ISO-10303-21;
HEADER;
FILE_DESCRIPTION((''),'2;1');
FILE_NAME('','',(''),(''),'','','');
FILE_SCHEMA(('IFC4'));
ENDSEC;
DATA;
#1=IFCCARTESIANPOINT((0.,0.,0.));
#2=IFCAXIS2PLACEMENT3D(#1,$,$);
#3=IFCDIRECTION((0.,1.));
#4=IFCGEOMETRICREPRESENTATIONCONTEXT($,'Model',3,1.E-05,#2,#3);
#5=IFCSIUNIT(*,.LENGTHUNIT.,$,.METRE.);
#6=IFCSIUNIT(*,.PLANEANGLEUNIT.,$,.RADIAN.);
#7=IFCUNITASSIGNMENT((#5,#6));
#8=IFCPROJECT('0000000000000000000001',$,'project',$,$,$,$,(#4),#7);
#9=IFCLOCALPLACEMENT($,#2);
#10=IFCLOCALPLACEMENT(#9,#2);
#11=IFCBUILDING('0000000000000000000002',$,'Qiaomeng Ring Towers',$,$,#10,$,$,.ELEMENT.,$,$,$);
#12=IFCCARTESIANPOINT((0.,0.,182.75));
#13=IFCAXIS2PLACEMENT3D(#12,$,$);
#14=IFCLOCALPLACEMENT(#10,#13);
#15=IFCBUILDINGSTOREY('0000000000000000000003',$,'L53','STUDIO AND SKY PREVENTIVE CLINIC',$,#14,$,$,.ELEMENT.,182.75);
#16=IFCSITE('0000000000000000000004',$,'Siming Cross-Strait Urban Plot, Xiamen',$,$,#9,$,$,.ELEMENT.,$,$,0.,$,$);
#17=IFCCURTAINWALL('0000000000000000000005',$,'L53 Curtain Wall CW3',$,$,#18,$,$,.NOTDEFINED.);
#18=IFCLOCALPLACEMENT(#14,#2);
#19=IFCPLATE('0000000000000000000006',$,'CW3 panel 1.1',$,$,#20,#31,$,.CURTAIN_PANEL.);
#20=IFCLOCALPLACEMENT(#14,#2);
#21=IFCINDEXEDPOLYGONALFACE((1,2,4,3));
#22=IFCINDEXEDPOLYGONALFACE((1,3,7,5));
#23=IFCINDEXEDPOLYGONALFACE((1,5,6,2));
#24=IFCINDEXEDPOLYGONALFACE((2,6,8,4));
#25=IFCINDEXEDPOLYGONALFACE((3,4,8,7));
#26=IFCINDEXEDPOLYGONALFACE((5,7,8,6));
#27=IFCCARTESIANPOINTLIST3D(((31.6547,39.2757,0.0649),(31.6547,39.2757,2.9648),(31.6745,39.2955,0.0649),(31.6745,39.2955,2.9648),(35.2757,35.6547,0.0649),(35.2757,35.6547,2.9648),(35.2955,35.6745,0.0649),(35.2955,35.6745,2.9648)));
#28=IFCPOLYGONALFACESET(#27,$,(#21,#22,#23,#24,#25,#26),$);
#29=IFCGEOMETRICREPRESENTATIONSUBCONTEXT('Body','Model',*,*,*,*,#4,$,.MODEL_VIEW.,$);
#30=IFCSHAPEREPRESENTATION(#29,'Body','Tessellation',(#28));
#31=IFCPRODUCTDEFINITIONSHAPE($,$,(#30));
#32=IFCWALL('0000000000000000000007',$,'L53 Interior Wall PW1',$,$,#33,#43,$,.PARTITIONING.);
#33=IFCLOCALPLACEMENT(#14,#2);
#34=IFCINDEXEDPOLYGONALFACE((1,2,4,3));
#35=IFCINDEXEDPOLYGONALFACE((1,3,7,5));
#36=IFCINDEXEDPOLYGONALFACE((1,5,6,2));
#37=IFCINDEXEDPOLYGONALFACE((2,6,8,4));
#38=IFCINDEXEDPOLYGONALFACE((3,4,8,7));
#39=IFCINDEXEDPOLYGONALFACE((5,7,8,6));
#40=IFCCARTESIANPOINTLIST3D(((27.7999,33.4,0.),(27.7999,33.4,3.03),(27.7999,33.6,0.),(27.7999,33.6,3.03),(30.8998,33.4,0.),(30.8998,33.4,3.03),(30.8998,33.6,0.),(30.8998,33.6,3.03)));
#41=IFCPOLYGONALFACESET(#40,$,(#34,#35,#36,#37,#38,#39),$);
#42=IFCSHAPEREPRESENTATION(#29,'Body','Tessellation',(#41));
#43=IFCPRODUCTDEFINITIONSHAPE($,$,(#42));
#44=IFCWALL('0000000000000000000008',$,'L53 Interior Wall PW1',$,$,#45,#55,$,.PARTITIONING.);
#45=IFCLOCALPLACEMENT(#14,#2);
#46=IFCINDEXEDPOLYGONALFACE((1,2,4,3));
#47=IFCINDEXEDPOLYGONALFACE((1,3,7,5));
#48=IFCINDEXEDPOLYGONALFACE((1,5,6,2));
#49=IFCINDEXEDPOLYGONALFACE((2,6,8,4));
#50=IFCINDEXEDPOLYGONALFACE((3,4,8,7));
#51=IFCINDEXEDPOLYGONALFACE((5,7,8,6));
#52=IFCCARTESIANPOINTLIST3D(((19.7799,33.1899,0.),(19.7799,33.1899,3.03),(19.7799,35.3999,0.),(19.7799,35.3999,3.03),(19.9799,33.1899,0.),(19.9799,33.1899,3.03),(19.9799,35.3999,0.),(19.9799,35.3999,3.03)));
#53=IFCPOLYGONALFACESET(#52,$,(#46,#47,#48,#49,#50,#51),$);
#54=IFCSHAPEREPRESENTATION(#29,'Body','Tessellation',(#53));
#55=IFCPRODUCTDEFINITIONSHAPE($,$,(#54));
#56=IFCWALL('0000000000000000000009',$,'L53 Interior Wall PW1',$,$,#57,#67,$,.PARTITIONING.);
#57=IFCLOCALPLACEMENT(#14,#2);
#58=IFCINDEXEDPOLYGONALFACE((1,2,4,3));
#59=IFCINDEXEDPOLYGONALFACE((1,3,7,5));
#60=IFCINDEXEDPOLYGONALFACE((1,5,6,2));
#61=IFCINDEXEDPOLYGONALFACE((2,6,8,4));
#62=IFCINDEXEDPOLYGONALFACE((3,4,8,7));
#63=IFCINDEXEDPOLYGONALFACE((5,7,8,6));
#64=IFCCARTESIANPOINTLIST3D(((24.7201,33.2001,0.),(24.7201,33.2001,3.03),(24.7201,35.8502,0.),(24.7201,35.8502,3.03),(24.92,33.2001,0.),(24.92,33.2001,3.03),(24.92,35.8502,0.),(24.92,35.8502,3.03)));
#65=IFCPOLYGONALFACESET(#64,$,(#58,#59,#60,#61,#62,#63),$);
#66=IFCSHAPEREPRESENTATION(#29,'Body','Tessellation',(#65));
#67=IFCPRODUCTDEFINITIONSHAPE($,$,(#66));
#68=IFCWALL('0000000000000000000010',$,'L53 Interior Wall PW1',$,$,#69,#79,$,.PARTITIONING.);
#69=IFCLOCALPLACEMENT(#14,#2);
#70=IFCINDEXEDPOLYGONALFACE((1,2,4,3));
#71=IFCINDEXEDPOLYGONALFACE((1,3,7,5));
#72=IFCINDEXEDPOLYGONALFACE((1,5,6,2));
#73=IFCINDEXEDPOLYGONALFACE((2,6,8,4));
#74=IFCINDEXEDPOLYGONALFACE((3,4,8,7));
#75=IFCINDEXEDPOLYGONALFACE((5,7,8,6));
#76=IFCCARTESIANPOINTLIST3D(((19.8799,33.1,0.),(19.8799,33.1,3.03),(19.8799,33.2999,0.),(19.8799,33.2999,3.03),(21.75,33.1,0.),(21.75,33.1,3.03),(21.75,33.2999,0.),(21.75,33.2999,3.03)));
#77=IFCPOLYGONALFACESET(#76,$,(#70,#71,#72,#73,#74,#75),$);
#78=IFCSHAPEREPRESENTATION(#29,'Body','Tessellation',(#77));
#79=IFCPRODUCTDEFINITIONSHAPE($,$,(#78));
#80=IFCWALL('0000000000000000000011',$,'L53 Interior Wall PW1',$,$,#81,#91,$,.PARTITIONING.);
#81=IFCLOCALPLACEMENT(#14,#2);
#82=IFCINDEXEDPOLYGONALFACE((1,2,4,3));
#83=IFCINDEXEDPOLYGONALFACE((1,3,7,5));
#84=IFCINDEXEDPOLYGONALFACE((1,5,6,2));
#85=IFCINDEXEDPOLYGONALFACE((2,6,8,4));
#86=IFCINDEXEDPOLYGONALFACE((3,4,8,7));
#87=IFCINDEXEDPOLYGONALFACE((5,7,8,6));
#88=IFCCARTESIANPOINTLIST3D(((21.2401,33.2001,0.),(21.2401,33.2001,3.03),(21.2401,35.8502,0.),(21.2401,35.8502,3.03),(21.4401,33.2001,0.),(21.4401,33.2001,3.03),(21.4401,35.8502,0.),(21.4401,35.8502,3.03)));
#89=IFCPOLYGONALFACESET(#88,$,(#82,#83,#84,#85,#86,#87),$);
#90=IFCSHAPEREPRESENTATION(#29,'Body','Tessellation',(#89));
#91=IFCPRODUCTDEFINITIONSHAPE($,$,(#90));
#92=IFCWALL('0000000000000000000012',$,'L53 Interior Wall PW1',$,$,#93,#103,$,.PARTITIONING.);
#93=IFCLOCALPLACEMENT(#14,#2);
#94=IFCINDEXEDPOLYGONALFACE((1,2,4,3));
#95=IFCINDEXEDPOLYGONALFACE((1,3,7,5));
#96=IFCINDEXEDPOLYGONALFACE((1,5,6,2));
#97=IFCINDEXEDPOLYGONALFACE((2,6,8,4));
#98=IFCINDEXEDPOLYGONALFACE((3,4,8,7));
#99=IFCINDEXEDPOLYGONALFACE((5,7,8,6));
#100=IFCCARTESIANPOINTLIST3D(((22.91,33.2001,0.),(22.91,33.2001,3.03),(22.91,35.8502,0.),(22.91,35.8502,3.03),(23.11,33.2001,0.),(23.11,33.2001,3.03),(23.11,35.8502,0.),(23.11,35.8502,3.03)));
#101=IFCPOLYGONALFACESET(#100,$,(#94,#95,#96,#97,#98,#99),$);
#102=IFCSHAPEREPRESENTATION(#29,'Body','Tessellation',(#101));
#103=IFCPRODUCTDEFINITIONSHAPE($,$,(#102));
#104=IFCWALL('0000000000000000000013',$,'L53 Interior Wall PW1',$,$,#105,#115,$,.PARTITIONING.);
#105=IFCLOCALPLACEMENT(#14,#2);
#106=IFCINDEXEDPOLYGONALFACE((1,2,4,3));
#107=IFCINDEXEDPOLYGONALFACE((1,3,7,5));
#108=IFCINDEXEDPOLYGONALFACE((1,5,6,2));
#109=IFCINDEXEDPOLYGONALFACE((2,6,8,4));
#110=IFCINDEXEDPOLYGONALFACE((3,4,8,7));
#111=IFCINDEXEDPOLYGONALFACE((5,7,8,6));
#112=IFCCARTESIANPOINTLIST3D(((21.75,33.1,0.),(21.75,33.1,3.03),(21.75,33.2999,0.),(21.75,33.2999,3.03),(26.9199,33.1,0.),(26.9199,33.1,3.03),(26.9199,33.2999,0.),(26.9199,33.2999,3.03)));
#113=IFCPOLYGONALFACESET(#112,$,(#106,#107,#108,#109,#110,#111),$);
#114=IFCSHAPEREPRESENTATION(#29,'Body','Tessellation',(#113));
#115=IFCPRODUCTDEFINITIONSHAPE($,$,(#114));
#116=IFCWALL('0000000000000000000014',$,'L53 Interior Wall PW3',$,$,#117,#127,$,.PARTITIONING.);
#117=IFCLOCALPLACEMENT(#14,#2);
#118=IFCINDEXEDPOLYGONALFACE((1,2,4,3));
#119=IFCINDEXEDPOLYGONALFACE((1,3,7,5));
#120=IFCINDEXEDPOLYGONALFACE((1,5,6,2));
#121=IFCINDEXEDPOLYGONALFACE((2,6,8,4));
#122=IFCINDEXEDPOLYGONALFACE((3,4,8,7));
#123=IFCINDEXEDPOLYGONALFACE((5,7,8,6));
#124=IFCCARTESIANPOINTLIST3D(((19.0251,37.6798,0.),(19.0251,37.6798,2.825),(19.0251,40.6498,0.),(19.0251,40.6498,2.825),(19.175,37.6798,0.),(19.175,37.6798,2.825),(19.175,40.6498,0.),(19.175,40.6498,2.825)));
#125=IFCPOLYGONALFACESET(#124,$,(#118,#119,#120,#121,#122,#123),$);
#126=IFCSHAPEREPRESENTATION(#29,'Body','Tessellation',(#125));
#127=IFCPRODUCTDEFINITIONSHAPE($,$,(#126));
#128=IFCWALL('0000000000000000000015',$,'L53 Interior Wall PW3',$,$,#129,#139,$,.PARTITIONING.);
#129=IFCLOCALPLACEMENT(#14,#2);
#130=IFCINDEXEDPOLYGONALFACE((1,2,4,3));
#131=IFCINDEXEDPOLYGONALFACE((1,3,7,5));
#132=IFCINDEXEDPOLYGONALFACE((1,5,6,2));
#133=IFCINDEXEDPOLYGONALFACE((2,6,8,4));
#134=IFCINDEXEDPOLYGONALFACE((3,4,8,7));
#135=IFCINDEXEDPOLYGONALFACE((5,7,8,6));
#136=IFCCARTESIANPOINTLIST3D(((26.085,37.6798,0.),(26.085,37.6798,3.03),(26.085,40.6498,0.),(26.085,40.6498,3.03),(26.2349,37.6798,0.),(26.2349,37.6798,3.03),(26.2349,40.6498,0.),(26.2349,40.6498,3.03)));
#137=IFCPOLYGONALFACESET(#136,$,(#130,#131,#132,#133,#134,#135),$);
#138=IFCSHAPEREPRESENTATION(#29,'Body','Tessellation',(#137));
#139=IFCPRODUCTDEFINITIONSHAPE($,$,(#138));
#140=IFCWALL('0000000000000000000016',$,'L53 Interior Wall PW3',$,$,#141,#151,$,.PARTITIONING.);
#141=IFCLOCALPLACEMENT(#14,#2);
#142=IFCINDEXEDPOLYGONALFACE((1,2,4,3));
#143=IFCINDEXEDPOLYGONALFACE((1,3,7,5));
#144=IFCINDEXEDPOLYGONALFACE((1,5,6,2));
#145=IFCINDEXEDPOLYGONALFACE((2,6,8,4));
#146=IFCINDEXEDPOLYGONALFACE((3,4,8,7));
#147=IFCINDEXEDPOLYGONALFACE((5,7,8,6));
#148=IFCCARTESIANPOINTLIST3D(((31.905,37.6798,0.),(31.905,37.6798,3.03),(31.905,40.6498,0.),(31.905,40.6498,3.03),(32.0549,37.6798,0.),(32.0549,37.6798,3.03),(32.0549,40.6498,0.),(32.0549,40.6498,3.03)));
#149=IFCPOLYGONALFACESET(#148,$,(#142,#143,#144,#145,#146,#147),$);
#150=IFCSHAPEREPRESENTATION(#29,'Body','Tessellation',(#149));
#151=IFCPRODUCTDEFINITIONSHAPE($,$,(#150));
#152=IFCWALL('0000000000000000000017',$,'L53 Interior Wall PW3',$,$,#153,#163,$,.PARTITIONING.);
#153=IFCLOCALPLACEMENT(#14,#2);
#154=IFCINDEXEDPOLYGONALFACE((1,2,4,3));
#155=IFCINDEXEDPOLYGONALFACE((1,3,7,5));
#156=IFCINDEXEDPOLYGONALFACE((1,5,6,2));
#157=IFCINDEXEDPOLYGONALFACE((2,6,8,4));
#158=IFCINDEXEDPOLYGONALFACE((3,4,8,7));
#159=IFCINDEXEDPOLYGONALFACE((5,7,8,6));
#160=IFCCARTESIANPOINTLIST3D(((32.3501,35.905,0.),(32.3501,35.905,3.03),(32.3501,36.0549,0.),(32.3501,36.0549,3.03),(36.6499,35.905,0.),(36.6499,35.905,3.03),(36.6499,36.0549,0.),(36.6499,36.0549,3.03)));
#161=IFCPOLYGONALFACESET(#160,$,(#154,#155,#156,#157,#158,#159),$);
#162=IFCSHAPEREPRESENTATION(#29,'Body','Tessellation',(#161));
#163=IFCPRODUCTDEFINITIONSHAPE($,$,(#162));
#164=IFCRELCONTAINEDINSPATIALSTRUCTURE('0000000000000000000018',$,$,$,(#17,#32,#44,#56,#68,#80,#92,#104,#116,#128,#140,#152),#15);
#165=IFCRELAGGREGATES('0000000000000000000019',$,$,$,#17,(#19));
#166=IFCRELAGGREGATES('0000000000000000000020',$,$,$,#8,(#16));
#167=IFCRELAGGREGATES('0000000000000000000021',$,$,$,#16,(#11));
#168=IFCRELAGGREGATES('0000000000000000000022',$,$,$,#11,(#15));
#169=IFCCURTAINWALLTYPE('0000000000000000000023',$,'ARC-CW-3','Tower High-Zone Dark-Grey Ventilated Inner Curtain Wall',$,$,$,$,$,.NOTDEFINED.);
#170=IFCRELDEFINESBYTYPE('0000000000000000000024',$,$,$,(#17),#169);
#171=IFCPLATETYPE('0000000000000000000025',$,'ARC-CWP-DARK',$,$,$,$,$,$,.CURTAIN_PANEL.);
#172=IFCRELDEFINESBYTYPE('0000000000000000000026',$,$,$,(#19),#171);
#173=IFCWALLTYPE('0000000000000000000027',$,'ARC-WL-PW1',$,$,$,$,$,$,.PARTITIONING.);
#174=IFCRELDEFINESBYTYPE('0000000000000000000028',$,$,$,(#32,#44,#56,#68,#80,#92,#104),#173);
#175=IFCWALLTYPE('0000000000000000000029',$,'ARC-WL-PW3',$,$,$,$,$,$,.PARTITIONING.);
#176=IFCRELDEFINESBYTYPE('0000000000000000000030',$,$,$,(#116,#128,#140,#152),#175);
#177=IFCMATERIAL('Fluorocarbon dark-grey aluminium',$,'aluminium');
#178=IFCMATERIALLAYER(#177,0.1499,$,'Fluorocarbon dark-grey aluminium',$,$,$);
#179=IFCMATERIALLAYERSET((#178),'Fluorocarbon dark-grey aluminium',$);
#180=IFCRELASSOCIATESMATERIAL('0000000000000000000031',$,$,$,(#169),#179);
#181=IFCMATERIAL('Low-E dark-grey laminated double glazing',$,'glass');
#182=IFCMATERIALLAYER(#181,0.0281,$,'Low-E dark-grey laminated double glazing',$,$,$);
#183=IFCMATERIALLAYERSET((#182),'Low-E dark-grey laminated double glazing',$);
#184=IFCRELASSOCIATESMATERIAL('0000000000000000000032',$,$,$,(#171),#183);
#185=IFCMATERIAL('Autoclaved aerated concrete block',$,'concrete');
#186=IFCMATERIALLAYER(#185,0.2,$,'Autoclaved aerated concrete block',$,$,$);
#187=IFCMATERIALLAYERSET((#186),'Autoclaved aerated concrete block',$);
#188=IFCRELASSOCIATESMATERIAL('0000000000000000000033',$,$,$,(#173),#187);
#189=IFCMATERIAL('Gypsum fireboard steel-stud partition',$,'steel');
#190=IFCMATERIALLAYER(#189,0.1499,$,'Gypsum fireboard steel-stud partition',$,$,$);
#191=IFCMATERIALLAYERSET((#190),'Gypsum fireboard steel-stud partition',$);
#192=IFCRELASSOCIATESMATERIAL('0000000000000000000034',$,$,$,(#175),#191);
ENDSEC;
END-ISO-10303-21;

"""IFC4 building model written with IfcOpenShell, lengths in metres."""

from ifc_helpers import new_model, si_unit, direction, frame, frame_2d, origin, origin_2d, place, context, subcontext, project, spatial, rectangle, extrude, source, transform, mapped, material, layer, layer_set, type_object, element, aggregate, save


model = new_model("IFC4")

# Units and contexts
model_context = context("Model", 3, precision=1e-05, world=origin(), true_north=direction((0.0, 1.0)))
body_context = subcontext(model_context, "Body", "Model", "MODEL_VIEW")
ifc_project = project(units=[si_unit("LENGTHUNIT", "METRE"), si_unit("PLANEANGLEUNIT", "RADIAN")], contexts=[model_context])

# Site, building, storey
site_placement = place(None, origin())
site = spatial("IfcSite", under=ifc_project, at=site_placement, Name="Siming Cross-Strait Urban Plot, Xiamen", CompositionType="ELEMENT", RefElevation=0.0)
building_placement = place(site_placement, origin())
building = spatial("IfcBuilding", under=site, at=building_placement, Name="Qiaomeng Ring Towers", CompositionType="ELEMENT")
storey_placement = place(building_placement, frame((0.0, 0.0, 182.75)))
storey = spatial("IfcBuildingStorey", under=building, at=storey_placement, Name="L53", Description="STUDIO AND SKY PREVENTIVE CLINIC", CompositionType="ELEMENT", Elevation=182.75)

# Curtain wall, plate
ifc_material_1 = material(Name="Fluorocarbon dark-grey aluminium", Category="aluminium")
ifc_layer_1 = layer(ifc_material_1, 0.1499, Name="Fluorocarbon dark-grey aluminium")
ifc_layer_set_1 = layer_set([ifc_layer_1], Name="Fluorocarbon dark-grey aluminium")
curtain_wall_type = type_object("IfcCurtainWallType", Name="ARC-CW-3", Description="Tower High-Zone Dark-Grey Ventilated Inner Curtain Wall", PredefinedType="NOTDEFINED", material=ifc_layer_set_1)
curtain_wall_placement = place(storey_placement, origin())
curtain_wall = element("IfcCurtainWall", 1, at=curtain_wall_placement, inside=storey, type_object=curtain_wall_type, Name="L53 Curtain Wall CW3", PredefinedType="NOTDEFINED")
ifc_material_2 = material(Name="Low-E dark-grey laminated double glazing", Category="glass")
ifc_layer_2 = layer(ifc_material_2, 0.0281, Name="Low-E dark-grey laminated double glazing")
ifc_layer_set_2 = layer_set([ifc_layer_2], Name="Low-E dark-grey laminated double glazing")
plate_type = type_object("IfcPlateType", Name="ARC-CWP-DARK", PredefinedType="CURTAIN_PANEL", material=ifc_layer_set_2)
shared_shape_1 = source(origin(), body_context, "Body", "SweptSolid", [
    extrude(rectangle(XDim=5.1208, YDim=0.0281, at=origin_2d()), origin(), (0.0, 0.0, 1.0), 2.8999),
])
plate_placement = place(storey_placement, frame((33.4751, 37.4751, 0.0649), z_axis=(0.0, 0.0, 1.0), x_axis=(-0.707107, 0.707107, 0.0)))
plate = element("IfcPlate", 2, at=plate_placement, type_object=plate_type, Name="CW3 panel 1.1", PredefinedType="CURTAIN_PANEL", context=body_context, shape_type="MappedRepresentation", body=[
    mapped(shared_shape_1, transform((0.0, 0.0, 0.0), x_axis=(1.0, 0.0, 0.0), y_axis=(0.0, 1.0, 0.0), z_axis=(0.0, 0.0, 1.0), scale=1.0)),
])
aggregate(curtain_wall, [plate])

# Walls
ifc_material_3 = material(Name="Autoclaved aerated concrete block", Category="concrete")
ifc_layer_3 = layer(ifc_material_3, 0.2, Name="Autoclaved aerated concrete block")
ifc_layer_set_3 = layer_set([ifc_layer_3], Name="Autoclaved aerated concrete block")
wall_type_1 = type_object("IfcWallType", Name="ARC-WL-PW1", PredefinedType="PARTITIONING", material=ifc_layer_set_3)
wall_1_placement = place(storey_placement, frame((27.8, 33.5, 0.0), z_axis=(0.0, 0.0, 1.0), x_axis=(1.0, 0.0, 0.0)))
element("IfcWall", 3, at=wall_1_placement, inside=storey, type_object=wall_type_1, Name="L53 Interior Wall PW1", PredefinedType="PARTITIONING", context=body_context, shape_type="SweptSolid", body=[
    extrude(rectangle(XDim=3.0999, YDim=0.2, at=frame_2d((1.5498, 0.0))), origin(), (0.0, 0.0, 1.0), 3.03),
])
wall_2_placement = place(storey_placement, frame((19.8799, 33.1899, 0.0), z_axis=(0.0, 0.0, 1.0), x_axis=(0.0, 1.0, 0.0)))
element("IfcWall", 4, at=wall_2_placement, inside=storey, type_object=wall_type_1, Name="L53 Interior Wall PW1", PredefinedType="PARTITIONING", context=body_context, shape_type="SweptSolid", body=[
    extrude(rectangle(XDim=2.21, YDim=0.2, at=frame_2d((1.105, 0.0))), origin(), (0.0, 0.0, 1.0), 3.03),
])
wall_3_placement = place(storey_placement, frame((24.8201, 33.2, 0.0), z_axis=(0.0, 0.0, 1.0), x_axis=(0.0, 1.0, 0.0)))
element("IfcWall", 5, at=wall_3_placement, inside=storey, type_object=wall_type_1, Name="L53 Interior Wall PW1", PredefinedType="PARTITIONING", context=body_context, shape_type="SweptSolid", body=[
    extrude(rectangle(XDim=2.6501, YDim=0.2, at=frame_2d((1.3252, 0.0))), origin(), (0.0, 0.0, 1.0), 3.03),
])
wall_4_placement = place(storey_placement, frame((19.8799, 33.2, 0.0), z_axis=(0.0, 0.0, 1.0), x_axis=(1.0, 0.0, 0.0)))
element("IfcWall", 6, at=wall_4_placement, inside=storey, type_object=wall_type_1, Name="L53 Interior Wall PW1", PredefinedType="PARTITIONING", context=body_context, shape_type="SweptSolid", body=[
    extrude(rectangle(XDim=1.8701, YDim=0.2, at=frame_2d((0.9351, 0.0))), origin(), (0.0, 0.0, 1.0), 3.03),
])
for number, where, z_axis, x_axis, name in (
    (7, (21.3401, 33.2, 0.0), (0.0, 0.0, 1.0), (0.0, 1.0, 0.0), "L53 Interior Wall PW1"),
    (8, (23.01, 33.2, 0.0), (0.0, 0.0, 1.0), (0.0, 1.0, 0.0), "L53 Interior Wall PW1"),
):
    element("IfcWall", number, at=place(storey_placement, frame(where, z_axis=z_axis, x_axis=x_axis)), inside=storey, type_object=wall_type_1, Name=name, PredefinedType="PARTITIONING", context=body_context, shape_type="SweptSolid", body=[
        extrude(rectangle(XDim=2.6501, YDim=0.2, at=frame_2d((1.3252, 0.0))), origin(), (0.0, 0.0, 1.0), 3.03),
    ])
wall_5_placement = place(storey_placement, frame((21.75, 33.2, 0.0), z_axis=(0.0, 0.0, 1.0), x_axis=(1.0, 0.0, 0.0)))
element("IfcWall", 9, at=wall_5_placement, inside=storey, type_object=wall_type_1, Name="L53 Interior Wall PW1", PredefinedType="PARTITIONING", context=body_context, shape_type="SweptSolid", body=[
    extrude(rectangle(XDim=5.1699, YDim=0.2, at=frame_2d((2.585, 0.0))), origin(), (0.0, 0.0, 1.0), 3.03),
])
ifc_material_4 = material(Name="Gypsum fireboard steel-stud partition", Category="steel")
ifc_layer_4 = layer(ifc_material_4, 0.1499, Name="Gypsum fireboard steel-stud partition")
ifc_layer_set_4 = layer_set([ifc_layer_4], Name="Gypsum fireboard steel-stud partition")
wall_type_2 = type_object("IfcWallType", Name="ARC-WL-PW3", PredefinedType="PARTITIONING", material=ifc_layer_set_4)
wall_6_placement = place(storey_placement, frame((19.1001, 37.6799, 0.0), z_axis=(0.0, 0.0, 1.0), x_axis=(0.0, 1.0, 0.0)))
element("IfcWall", 10, at=wall_6_placement, inside=storey, type_object=wall_type_2, Name="L53 Interior Wall PW3", PredefinedType="PARTITIONING", context=body_context, shape_type="SweptSolid", body=[
    extrude(rectangle(XDim=2.97, YDim=0.1499, at=frame_2d((1.4849, 0.0))), origin(), (0.0, 0.0, 1.0), 2.825),
])
for number, where, z_axis, x_axis, name in (
    (11, (26.1599, 37.6799, 0.0), (0.0, 0.0, 1.0), (0.0, 1.0, 0.0), "L53 Interior Wall PW3"),
    (12, (31.98, 37.6799, 0.0), (0.0, 0.0, 1.0), (0.0, 1.0, 0.0), "L53 Interior Wall PW3"),
):
    element("IfcWall", number, at=place(storey_placement, frame(where, z_axis=z_axis, x_axis=x_axis)), inside=storey, type_object=wall_type_2, Name=name, PredefinedType="PARTITIONING", context=body_context, shape_type="SweptSolid", body=[
        extrude(rectangle(XDim=2.97, YDim=0.1499, at=frame_2d((1.4849, 0.0))), origin(), (0.0, 0.0, 1.0), 3.03),
    ])
wall_7_placement = place(storey_placement, frame((32.3501, 35.98, 0.0), z_axis=(0.0, 0.0, 1.0), x_axis=(1.0, 0.0, 0.0)))
element("IfcWall", 13, at=wall_7_placement, inside=storey, type_object=wall_type_2, Name="L53 Interior Wall PW3", PredefinedType="PARTITIONING", context=body_context, shape_type="SweptSolid", body=[
    extrude(rectangle(XDim=4.2998, YDim=0.1499, at=frame_2d((2.1499, 0.0))), origin(), (0.0, 0.0, 1.0), 3.03),
])

save(model, "model.ifc")
